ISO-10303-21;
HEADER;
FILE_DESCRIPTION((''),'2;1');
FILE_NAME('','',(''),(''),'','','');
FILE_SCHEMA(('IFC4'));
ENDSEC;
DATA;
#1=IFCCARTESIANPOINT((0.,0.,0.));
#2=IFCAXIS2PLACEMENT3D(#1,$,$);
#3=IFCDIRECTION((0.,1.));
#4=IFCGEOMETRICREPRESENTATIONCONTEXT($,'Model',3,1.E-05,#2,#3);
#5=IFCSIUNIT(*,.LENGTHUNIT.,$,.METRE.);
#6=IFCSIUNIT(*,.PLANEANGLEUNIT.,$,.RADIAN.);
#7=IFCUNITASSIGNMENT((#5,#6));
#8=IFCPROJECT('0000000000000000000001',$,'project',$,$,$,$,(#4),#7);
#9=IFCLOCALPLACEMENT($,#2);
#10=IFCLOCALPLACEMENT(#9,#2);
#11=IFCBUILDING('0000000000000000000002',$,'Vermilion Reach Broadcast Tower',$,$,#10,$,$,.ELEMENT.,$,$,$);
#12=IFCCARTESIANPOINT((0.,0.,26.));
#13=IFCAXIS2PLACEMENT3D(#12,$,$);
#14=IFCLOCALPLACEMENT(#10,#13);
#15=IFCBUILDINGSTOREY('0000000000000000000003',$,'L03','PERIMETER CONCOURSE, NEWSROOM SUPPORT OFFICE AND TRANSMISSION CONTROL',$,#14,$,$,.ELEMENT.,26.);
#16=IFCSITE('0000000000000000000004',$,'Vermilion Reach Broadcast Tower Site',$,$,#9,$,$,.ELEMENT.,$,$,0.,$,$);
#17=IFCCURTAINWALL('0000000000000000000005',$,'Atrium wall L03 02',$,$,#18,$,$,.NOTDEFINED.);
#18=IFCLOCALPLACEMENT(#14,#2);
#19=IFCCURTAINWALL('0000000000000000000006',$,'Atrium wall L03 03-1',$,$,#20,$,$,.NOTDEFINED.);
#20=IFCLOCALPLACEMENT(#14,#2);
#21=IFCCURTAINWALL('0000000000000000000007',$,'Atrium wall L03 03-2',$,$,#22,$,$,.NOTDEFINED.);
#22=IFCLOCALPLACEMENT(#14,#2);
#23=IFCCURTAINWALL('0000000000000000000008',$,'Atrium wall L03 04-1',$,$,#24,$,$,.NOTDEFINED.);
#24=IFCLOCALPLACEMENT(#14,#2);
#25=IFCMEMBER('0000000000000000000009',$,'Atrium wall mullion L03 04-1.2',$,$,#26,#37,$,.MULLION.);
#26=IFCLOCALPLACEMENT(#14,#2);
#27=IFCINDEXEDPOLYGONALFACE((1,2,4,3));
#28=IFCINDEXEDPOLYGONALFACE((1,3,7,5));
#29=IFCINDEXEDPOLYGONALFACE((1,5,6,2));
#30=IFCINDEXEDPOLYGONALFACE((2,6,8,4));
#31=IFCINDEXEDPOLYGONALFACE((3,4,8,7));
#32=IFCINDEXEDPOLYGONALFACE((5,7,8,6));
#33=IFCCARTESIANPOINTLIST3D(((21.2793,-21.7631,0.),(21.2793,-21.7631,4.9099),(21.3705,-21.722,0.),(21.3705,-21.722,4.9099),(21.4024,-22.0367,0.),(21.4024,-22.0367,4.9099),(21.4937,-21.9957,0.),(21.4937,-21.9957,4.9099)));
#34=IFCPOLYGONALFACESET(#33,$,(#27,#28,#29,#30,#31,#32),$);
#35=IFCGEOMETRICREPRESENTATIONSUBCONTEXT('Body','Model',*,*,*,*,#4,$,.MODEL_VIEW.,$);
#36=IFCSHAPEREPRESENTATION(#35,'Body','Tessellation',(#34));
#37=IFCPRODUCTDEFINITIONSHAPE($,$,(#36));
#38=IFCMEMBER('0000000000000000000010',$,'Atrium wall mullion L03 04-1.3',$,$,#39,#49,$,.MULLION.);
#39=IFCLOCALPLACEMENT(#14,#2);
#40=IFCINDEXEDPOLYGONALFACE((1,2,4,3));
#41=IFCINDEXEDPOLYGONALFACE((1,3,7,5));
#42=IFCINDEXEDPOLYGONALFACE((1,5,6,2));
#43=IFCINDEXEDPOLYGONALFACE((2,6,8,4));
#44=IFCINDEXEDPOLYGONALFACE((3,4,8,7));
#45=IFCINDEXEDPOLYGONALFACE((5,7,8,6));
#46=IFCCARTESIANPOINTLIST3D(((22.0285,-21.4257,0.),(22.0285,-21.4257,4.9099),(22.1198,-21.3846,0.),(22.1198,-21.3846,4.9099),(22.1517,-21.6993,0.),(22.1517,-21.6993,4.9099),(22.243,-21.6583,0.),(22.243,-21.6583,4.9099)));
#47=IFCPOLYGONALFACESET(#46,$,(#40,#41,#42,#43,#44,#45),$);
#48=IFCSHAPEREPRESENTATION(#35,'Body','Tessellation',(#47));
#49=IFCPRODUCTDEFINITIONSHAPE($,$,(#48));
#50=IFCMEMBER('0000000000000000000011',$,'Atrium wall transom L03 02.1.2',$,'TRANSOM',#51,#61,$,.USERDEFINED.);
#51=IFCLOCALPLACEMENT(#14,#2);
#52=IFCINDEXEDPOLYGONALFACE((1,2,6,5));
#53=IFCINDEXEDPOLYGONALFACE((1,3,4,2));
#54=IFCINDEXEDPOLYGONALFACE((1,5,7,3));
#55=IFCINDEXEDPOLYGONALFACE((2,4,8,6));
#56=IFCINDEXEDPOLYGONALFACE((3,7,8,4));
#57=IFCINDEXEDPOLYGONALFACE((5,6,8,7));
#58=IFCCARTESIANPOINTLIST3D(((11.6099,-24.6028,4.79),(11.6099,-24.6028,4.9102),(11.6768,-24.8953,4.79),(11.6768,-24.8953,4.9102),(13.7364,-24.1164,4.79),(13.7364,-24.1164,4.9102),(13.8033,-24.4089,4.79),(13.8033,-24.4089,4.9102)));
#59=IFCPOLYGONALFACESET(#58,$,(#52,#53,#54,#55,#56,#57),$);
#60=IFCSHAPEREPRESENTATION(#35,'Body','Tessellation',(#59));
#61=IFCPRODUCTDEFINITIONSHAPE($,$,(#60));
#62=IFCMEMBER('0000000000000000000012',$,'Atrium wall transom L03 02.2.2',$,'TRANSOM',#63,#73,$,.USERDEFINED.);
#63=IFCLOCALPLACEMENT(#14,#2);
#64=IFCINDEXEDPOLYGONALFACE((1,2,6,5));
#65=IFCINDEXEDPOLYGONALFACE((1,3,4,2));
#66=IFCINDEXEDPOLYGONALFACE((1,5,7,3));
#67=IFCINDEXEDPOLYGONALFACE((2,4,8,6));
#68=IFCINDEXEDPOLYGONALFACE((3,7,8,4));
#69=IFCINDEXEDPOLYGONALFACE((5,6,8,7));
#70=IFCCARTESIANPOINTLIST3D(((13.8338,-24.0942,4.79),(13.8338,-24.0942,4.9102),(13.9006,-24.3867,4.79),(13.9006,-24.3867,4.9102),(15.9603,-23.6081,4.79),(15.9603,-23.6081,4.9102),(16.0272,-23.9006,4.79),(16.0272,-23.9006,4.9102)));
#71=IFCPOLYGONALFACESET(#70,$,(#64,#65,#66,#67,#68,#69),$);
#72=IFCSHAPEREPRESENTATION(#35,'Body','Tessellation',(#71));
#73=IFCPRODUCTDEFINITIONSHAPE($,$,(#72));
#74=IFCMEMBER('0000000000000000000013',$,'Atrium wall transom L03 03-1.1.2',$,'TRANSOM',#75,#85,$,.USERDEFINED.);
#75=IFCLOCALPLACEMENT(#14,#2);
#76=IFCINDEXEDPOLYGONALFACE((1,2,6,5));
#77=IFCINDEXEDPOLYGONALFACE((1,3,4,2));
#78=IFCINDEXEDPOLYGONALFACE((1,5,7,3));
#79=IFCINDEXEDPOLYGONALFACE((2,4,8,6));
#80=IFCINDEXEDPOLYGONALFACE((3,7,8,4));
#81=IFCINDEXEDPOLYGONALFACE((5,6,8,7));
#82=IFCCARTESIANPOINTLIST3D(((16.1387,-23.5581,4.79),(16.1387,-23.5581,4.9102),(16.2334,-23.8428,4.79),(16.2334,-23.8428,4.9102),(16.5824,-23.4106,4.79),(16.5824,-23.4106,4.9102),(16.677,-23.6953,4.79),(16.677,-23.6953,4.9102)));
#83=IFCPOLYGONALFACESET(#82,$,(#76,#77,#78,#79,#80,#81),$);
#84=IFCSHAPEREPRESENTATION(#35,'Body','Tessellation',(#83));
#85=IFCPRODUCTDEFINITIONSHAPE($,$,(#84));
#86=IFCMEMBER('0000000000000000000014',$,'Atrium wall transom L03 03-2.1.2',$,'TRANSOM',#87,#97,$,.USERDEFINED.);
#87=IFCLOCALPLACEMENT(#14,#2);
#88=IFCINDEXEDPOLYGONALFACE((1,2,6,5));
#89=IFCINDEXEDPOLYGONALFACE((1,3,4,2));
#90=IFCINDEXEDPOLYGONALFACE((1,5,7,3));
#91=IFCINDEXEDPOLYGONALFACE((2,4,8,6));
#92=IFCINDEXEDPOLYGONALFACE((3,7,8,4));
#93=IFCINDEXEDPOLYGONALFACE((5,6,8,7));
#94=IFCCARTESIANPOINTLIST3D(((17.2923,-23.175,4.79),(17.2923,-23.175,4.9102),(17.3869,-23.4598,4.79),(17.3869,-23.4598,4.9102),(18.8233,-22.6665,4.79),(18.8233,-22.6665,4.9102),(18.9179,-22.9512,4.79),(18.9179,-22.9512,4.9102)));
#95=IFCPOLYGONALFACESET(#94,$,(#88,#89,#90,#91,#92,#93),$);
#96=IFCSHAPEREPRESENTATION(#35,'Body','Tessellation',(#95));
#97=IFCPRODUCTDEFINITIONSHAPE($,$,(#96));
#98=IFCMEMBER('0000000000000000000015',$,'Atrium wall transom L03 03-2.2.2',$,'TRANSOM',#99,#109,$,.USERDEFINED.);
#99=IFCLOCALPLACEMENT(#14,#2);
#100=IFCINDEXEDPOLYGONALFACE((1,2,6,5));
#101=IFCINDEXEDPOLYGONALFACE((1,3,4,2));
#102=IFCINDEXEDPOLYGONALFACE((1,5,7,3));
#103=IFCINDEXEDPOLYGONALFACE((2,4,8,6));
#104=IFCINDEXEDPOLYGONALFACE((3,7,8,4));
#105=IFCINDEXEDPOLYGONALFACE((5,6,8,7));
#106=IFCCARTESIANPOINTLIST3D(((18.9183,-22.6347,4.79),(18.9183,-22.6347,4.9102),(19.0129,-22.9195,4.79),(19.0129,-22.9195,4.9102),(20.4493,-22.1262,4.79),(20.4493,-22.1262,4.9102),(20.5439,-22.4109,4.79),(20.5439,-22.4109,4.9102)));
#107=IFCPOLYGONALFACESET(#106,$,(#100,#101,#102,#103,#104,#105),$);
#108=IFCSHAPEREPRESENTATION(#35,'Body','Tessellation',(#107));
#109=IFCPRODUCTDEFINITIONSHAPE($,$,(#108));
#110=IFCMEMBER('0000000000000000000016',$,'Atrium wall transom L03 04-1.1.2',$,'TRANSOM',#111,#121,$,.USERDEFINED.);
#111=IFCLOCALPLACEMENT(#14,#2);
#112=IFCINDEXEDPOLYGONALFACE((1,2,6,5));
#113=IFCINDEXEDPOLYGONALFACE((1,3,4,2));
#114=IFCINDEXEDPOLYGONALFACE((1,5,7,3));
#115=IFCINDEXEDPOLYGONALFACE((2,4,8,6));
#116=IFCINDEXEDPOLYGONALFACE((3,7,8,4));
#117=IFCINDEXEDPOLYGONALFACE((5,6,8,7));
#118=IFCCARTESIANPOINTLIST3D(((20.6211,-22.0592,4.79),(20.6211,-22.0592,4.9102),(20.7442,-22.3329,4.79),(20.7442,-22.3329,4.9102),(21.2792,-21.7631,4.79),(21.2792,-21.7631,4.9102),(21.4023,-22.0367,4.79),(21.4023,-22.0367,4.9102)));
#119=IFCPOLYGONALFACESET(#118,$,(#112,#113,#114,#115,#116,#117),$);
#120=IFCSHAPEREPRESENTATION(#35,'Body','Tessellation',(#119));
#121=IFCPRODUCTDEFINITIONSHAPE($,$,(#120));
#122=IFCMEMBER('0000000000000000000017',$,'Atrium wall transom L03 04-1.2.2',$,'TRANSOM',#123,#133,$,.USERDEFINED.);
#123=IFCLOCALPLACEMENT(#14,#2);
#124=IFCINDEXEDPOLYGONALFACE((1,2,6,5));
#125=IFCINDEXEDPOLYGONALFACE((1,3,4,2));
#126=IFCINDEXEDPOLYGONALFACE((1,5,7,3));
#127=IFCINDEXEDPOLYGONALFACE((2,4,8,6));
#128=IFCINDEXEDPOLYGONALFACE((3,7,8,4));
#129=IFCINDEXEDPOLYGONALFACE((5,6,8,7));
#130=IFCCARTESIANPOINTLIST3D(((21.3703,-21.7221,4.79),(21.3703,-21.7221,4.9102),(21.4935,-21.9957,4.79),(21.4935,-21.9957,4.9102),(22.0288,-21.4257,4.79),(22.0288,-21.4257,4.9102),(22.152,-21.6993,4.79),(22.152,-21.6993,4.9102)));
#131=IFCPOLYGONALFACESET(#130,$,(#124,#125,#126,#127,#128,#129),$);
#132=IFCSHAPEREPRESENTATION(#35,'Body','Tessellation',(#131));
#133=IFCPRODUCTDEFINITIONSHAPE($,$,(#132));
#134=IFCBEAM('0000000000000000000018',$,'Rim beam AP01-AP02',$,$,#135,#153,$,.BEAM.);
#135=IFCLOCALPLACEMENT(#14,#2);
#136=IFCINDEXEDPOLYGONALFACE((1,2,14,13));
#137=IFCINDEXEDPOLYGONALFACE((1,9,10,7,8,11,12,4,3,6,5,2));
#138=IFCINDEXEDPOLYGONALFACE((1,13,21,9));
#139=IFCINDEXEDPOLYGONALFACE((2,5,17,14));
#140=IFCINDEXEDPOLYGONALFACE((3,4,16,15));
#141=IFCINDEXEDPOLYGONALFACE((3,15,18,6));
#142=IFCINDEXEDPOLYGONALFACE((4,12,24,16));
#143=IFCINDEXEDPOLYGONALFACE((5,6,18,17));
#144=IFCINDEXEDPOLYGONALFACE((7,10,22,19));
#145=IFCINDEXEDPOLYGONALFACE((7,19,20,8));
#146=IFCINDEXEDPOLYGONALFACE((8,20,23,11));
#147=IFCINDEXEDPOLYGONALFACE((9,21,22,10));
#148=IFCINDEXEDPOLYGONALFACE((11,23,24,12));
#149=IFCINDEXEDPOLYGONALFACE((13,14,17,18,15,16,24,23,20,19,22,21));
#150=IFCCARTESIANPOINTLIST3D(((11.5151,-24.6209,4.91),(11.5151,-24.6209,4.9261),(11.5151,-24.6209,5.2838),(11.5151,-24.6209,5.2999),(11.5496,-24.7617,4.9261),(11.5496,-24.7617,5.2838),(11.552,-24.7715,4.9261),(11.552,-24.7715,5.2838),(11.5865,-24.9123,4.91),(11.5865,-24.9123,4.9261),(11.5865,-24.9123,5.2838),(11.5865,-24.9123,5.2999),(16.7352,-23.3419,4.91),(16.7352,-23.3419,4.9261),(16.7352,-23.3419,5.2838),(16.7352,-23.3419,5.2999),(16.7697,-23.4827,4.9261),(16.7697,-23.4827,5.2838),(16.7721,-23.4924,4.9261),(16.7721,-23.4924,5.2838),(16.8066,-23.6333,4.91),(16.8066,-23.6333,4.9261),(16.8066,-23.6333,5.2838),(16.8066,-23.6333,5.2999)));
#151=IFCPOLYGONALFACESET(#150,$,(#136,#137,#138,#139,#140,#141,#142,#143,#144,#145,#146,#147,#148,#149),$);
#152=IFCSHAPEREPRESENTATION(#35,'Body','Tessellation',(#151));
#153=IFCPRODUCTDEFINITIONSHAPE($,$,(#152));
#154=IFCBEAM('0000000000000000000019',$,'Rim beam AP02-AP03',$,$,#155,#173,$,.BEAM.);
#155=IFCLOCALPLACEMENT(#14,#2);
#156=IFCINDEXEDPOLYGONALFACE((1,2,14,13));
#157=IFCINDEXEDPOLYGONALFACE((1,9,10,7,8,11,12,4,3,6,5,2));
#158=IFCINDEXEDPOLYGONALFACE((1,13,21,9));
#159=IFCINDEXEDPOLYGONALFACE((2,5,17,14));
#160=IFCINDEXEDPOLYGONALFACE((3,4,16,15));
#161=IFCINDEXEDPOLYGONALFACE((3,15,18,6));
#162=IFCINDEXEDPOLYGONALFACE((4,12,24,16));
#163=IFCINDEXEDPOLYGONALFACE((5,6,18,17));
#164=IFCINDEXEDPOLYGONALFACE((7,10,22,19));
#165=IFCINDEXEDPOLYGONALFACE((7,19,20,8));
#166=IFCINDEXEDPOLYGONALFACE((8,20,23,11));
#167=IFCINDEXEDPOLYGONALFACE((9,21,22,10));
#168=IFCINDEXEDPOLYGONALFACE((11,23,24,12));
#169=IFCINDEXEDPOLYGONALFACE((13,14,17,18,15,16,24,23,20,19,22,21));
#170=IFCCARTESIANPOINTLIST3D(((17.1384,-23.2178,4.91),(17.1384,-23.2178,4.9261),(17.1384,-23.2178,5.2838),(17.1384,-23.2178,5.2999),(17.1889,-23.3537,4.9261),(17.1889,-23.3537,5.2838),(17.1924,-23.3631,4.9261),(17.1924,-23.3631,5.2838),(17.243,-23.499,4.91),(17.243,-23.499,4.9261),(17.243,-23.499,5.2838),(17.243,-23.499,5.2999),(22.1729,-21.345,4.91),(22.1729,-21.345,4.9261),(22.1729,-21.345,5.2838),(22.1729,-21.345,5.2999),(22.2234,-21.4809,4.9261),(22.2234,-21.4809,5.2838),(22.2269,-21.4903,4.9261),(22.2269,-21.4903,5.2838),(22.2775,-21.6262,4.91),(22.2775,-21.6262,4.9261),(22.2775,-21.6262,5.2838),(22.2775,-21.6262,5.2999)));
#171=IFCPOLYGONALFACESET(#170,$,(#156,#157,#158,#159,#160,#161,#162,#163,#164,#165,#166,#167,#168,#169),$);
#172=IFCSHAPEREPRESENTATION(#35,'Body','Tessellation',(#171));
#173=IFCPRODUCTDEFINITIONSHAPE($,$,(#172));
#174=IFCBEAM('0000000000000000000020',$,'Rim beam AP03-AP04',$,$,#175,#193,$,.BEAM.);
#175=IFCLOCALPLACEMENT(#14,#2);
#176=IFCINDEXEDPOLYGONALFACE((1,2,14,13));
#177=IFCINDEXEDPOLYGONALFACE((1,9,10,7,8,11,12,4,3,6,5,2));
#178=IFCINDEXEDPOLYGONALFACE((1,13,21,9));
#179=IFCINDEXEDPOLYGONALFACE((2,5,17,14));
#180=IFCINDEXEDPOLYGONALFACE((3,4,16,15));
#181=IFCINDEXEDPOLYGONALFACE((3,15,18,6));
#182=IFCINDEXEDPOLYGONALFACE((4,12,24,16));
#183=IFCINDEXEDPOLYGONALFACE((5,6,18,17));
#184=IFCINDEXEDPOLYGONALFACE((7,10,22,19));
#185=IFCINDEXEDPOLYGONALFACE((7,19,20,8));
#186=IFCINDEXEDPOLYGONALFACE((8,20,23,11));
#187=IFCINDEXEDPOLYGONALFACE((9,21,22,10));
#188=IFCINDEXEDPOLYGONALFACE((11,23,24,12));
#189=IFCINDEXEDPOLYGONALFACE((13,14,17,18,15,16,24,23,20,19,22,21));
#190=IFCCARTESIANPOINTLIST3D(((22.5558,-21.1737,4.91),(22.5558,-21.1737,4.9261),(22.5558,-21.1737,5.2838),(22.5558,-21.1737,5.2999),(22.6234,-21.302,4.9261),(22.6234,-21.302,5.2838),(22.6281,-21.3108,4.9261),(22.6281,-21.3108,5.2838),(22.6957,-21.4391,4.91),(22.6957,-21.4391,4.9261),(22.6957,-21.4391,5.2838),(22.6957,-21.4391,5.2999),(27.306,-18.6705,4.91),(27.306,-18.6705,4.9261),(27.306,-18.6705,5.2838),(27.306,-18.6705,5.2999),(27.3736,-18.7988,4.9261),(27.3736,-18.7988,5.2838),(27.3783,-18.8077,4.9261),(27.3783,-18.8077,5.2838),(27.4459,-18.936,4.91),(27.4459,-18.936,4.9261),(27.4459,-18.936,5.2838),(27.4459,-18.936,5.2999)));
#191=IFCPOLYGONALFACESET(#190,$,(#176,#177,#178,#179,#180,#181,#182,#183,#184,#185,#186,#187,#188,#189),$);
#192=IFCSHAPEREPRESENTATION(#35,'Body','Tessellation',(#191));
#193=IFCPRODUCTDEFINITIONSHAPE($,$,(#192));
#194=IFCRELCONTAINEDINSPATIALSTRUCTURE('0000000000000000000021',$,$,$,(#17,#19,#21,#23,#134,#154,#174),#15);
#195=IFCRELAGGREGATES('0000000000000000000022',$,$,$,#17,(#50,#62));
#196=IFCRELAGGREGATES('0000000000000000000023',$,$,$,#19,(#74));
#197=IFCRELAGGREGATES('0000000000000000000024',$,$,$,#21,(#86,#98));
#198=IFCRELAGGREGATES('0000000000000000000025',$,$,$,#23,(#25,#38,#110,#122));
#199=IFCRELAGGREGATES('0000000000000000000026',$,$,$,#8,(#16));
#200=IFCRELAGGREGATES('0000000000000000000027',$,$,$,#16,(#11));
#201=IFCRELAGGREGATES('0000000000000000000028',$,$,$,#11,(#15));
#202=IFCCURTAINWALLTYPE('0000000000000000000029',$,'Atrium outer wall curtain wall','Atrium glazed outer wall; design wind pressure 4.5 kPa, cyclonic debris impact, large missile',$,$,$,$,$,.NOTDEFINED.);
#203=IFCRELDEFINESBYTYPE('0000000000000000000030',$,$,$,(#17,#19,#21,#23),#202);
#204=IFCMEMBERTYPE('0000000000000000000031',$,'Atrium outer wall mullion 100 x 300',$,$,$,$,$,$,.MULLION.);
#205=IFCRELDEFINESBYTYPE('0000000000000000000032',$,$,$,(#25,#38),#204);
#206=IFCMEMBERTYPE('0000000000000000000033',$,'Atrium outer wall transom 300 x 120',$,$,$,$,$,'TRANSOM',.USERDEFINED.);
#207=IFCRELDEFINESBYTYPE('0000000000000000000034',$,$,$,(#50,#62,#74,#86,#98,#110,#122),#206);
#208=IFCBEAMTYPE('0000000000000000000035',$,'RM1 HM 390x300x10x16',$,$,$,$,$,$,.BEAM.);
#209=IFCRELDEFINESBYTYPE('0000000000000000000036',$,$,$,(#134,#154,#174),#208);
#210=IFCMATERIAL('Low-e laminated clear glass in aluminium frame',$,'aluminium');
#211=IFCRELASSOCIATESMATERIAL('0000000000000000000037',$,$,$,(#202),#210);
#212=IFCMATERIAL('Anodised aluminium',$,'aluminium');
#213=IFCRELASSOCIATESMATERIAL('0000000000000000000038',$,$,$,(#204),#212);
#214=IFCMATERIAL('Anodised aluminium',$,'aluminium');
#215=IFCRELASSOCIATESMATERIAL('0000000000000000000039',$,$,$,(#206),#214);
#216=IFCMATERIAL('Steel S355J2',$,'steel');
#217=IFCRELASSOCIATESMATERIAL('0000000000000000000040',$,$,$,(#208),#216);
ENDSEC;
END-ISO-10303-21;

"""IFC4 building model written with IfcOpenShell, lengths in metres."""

from ifc_helpers import new_model, si_unit, direction, frame, origin, origin_2d, place, context, subcontext, project, spatial, rectangle, i_section, extrude, material, material_profile, profile_set, type_object, element, aggregate, save


model = new_model("IFC4")

# Units and contexts
model_context = context("Model", 3, precision=1e-05, world=origin(), true_north=direction((0.0, 1.0)))
body_context = subcontext(model_context, "Body", "Model", "MODEL_VIEW")
ifc_project = project(units=[si_unit("LENGTHUNIT", "METRE"), si_unit("PLANEANGLEUNIT", "RADIAN")], contexts=[model_context])

# Site, building, storey
site_placement = place(None, origin())
site = spatial("IfcSite", under=ifc_project, at=site_placement, Name="Vermilion Reach Broadcast Tower Site", CompositionType="ELEMENT", RefElevation=0.0)
building_placement = place(site_placement, origin())
building = spatial("IfcBuilding", under=site, at=building_placement, Name="Vermilion Reach Broadcast Tower", CompositionType="ELEMENT")
storey_placement = place(building_placement, frame((0.0, 0.0, 26.0)))
storey = spatial("IfcBuildingStorey", under=building, at=storey_placement, Name="L03", Description="PERIMETER CONCOURSE, NEWSROOM SUPPORT OFFICE AND TRANSMISSION CONTROL", CompositionType="ELEMENT", Elevation=26.0)

# Shared definitions
ifc_material_1 = material(Name="Low-e laminated clear glass in aluminium frame", Category="aluminium")
curtain_wall_type = type_object("IfcCurtainWallType", Name="Atrium outer wall curtain wall", Description="Atrium glazed outer wall; design wind pressure 4.5 kPa, cyclonic debris impact, large missile", PredefinedType="NOTDEFINED", material=ifc_material_1)
placement = place(storey_placement, origin())
ifc_material_2 = material(Name="Anodised aluminium", Category="aluminium")
ifc_material_profile_1 = material_profile(ifc_material_2, rectangle(XDim=0.3, YDim=0.1001, at=origin_2d()), Name="Atrium outer wall mullion 100 x 300")
ifc_profile_set_1 = profile_set([ifc_material_profile_1], Name="Anodised aluminium")
member_type_1 = type_object("IfcMemberType", Name="Atrium outer wall mullion 100 x 300", PredefinedType="MULLION", material=ifc_profile_set_1)

# Curtain walls, members
curtain_wall_1 = element("IfcCurtainWall", 1, at=placement, inside=storey, type_object=curtain_wall_type, Name="Atrium wall L03 02", PredefinedType="NOTDEFINED")
curtain_wall_2 = element("IfcCurtainWall", 2, at=placement, inside=storey, type_object=curtain_wall_type, Name="Atrium wall L03 03-1", PredefinedType="NOTDEFINED")
curtain_wall_3 = element("IfcCurtainWall", 3, at=placement, inside=storey, type_object=curtain_wall_type, Name="Atrium wall L03 03-2", PredefinedType="NOTDEFINED")
curtain_wall_4 = element("IfcCurtainWall", 4, at=placement, inside=storey, type_object=curtain_wall_type, Name="Atrium wall L03 04-1", PredefinedType="NOTDEFINED")
member_1_placement = place(storey_placement, frame((21.3865, -21.8794, 0.0), z_axis=(0.0, 0.0, 1.0), x_axis=(-0.410408, 0.911902, 0.0)))
member_1 = element("IfcMember", 5, at=member_1_placement, type_object=member_type_1, Name="Atrium wall mullion L03 04-1.2", PredefinedType="MULLION", context=body_context, shape_type="SweptSolid", body=[
    extrude(rectangle(XDim=0.3, YDim=0.1001, at=origin_2d()), origin(), (0.0, 0.0, 1.0), 4.9099),
])
member_2_placement = place(storey_placement, frame((22.1357, -21.542, 0.0), z_axis=(0.0, 0.0, 1.0), x_axis=(-0.410408, 0.911902, 0.0)))
member_2 = element("IfcMember", 6, at=member_2_placement, type_object=member_type_1, Name="Atrium wall mullion L03 04-1.3", PredefinedType="MULLION", context=body_context, shape_type="SweptSolid", body=[
    extrude(rectangle(XDim=0.3, YDim=0.1001, at=origin_2d()), origin(), (0.0, 0.0, 1.0), 4.9099),
])

# Members
ifc_material_3 = material(Name="Anodised aluminium", Category="aluminium")
ifc_material_profile_2 = material_profile(ifc_material_3, rectangle(XDim=0.3, YDim=0.1201, at=origin_2d()), Name="Atrium outer wall transom 300 x 120")
ifc_profile_set_2 = profile_set([ifc_material_profile_2], Name="Anodised aluminium")
member_type_2 = type_object("IfcMemberType", Name="Atrium outer wall transom 300 x 120", ElementType="TRANSOM", PredefinedType="USERDEFINED", material=ifc_profile_set_2)
member_3_placement = place(storey_placement, frame((11.6433, -24.749, 4.8501), z_axis=(0.974831, 0.222946, 0.0), x_axis=(-0.222946, 0.974831, 0.0)))
member_3 = element("IfcMember", 7, at=member_3_placement, type_object=member_type_2, Name="Atrium wall transom L03 02.1.2", ObjectType="TRANSOM", PredefinedType="USERDEFINED", context=body_context, shape_type="SweptSolid", body=[
    extrude(rectangle(XDim=0.3, YDim=0.1201, at=origin_2d()), origin(), (0.0, 0.0, 1.0), 2.1814),
])
member_4_placement = place(storey_placement, frame((13.8672, -24.2405, 4.8501), z_axis=(0.974855, 0.22284, 0.0), x_axis=(-0.22284, 0.974855, 0.0)))
member_4 = element("IfcMember", 8, at=member_4_placement, type_object=member_type_2, Name="Atrium wall transom L03 02.2.2", ObjectType="TRANSOM", PredefinedType="USERDEFINED", context=body_context, shape_type="SweptSolid", body=[
    extrude(rectangle(XDim=0.3, YDim=0.1201, at=origin_2d()), origin(), (0.0, 0.0, 1.0), 2.1814),
])
member_5_placement = place(storey_placement, frame((16.186, -23.7004, 4.8501), z_axis=(0.948944, 0.315444, 0.0), x_axis=(-0.315444, 0.948944, 0.0)))
member_5 = element("IfcMember", 9, at=member_5_placement, type_object=member_type_2, Name="Atrium wall transom L03 03-1.1.2", ObjectType="TRANSOM", PredefinedType="USERDEFINED", context=body_context, shape_type="SweptSolid", body=[
    extrude(rectangle(XDim=0.3, YDim=0.1201, at=origin_2d()), origin(), (0.0, 0.0, 1.0), 0.4675),
])
member_6_placement = place(storey_placement, frame((17.3396, -23.3174, 4.8501), z_axis=(0.949016, 0.315229, 0.0), x_axis=(-0.315229, 0.949016, 0.0)))
member_6 = element("IfcMember", 10, at=member_6_placement, type_object=member_type_2, Name="Atrium wall transom L03 03-2.1.2", ObjectType="TRANSOM", PredefinedType="USERDEFINED", context=body_context, shape_type="SweptSolid", body=[
    extrude(rectangle(XDim=0.3, YDim=0.1201, at=origin_2d()), origin(), (0.0, 0.0, 1.0), 1.6133),
])
member_7_placement = place(storey_placement, frame((18.9656, -22.7771, 4.8501), z_axis=(0.949016, 0.315229, 0.0), x_axis=(-0.315229, 0.949016, 0.0)))
member_7 = element("IfcMember", 11, at=member_7_placement, type_object=member_type_2, Name="Atrium wall transom L03 03-2.2.2", ObjectType="TRANSOM", PredefinedType="USERDEFINED", context=body_context, shape_type="SweptSolid", body=[
    extrude(rectangle(XDim=0.3, YDim=0.1201, at=origin_2d()), origin(), (0.0, 0.0, 1.0), 1.6133),
])
member_8_placement = place(storey_placement, frame((20.6826, -22.196, 4.8501), z_axis=(0.911947, 0.410308, 0.0), x_axis=(-0.410308, 0.911947, 0.0)))
member_8 = element("IfcMember", 12, at=member_8_placement, type_object=member_type_2, Name="Atrium wall transom L03 04-1.1.2", ObjectType="TRANSOM", PredefinedType="USERDEFINED", context=body_context, shape_type="SweptSolid", body=[
    extrude(rectangle(XDim=0.3, YDim=0.1201, at=origin_2d()), origin(), (0.0, 0.0, 1.0), 0.7217),
])
member_9_placement = place(storey_placement, frame((21.4319, -21.8589, 4.8501), z_axis=(0.911877, 0.410463, 0.0), x_axis=(-0.410463, 0.911877, 0.0)))
member_9 = element("IfcMember", 13, at=member_9_placement, type_object=member_type_2, Name="Atrium wall transom L03 04-1.2.2", ObjectType="TRANSOM", PredefinedType="USERDEFINED", context=body_context, shape_type="SweptSolid", body=[
    extrude(rectangle(XDim=0.3, YDim=0.1201, at=origin_2d()), origin(), (0.0, 0.0, 1.0), 0.7222),
])

# Beams
ifc_material_4 = material(Name="Steel S355J2", Category="steel")
ifc_material_profile_3 = material_profile(ifc_material_4, i_section(OverallWidth=0.3, OverallDepth=0.3899, WebThickness=0.01, FlangeThickness=0.0161, at=origin_2d()), Name="S355J2 HM 390x300x10x16")
ifc_profile_set_3 = profile_set([ifc_material_profile_3], Name="Steel S355J2")
beam_type = type_object("IfcBeamType", Name="RM1 HM 390x300x10x16", PredefinedType="BEAM", material=ifc_profile_set_3)
beam_1_placement = place(storey_placement, frame((11.5508, -24.7666, 5.105), z_axis=(0.97127, 0.23798, 0.0), x_axis=(-0.23798, 0.97127, 0.0)))
element("IfcBeam", 14, at=beam_1_placement, inside=storey, type_object=beam_type, Name="Rim beam AP01-AP02", PredefinedType="BEAM", context=body_context, shape_type="SweptSolid", body=[
    extrude(i_section(OverallWidth=0.3, OverallDepth=0.3899, WebThickness=0.01, FlangeThickness=0.0161, at=origin_2d()), origin(), (0.0, 0.0, 1.0), 5.3745),
])
beam_2_placement = place(storey_placement, frame((17.1907, -23.3584, 5.105), z_axis=(0.937251, 0.348657, 0.0), x_axis=(-0.348657, 0.937251, 0.0)))
element("IfcBeam", 15, at=beam_2_placement, inside=storey, type_object=beam_type, Name="Rim beam AP02-AP03", PredefinedType="BEAM", context=body_context, shape_type="SweptSolid", body=[
    extrude(i_section(OverallWidth=0.3, OverallDepth=0.3899, WebThickness=0.01, FlangeThickness=0.0161, at=origin_2d()), origin(), (0.0, 0.0, 1.0), 5.3716),
])
beam_3_placement = place(storey_placement, frame((22.6257, -21.3064, 5.105), z_axis=(0.884684, 0.466191, 0.0), x_axis=(-0.466191, 0.884684, 0.0)))
element("IfcBeam", 16, at=beam_3_placement, inside=storey, type_object=beam_type, Name="Rim beam AP03-AP04", PredefinedType="BEAM", context=body_context, shape_type="SweptSolid", body=[
    extrude(i_section(OverallWidth=0.3, OverallDepth=0.3899, WebThickness=0.01, FlangeThickness=0.0161, at=origin_2d()), origin(), (0.0, 0.0, 1.0), 5.3694),
])

aggregate(curtain_wall_1, [member_3, member_4])
aggregate(curtain_wall_2, [member_5])
aggregate(curtain_wall_3, [member_6, member_7])
aggregate(curtain_wall_4, [member_1, member_2, member_8, member_9])

save(model, "model.ifc")
